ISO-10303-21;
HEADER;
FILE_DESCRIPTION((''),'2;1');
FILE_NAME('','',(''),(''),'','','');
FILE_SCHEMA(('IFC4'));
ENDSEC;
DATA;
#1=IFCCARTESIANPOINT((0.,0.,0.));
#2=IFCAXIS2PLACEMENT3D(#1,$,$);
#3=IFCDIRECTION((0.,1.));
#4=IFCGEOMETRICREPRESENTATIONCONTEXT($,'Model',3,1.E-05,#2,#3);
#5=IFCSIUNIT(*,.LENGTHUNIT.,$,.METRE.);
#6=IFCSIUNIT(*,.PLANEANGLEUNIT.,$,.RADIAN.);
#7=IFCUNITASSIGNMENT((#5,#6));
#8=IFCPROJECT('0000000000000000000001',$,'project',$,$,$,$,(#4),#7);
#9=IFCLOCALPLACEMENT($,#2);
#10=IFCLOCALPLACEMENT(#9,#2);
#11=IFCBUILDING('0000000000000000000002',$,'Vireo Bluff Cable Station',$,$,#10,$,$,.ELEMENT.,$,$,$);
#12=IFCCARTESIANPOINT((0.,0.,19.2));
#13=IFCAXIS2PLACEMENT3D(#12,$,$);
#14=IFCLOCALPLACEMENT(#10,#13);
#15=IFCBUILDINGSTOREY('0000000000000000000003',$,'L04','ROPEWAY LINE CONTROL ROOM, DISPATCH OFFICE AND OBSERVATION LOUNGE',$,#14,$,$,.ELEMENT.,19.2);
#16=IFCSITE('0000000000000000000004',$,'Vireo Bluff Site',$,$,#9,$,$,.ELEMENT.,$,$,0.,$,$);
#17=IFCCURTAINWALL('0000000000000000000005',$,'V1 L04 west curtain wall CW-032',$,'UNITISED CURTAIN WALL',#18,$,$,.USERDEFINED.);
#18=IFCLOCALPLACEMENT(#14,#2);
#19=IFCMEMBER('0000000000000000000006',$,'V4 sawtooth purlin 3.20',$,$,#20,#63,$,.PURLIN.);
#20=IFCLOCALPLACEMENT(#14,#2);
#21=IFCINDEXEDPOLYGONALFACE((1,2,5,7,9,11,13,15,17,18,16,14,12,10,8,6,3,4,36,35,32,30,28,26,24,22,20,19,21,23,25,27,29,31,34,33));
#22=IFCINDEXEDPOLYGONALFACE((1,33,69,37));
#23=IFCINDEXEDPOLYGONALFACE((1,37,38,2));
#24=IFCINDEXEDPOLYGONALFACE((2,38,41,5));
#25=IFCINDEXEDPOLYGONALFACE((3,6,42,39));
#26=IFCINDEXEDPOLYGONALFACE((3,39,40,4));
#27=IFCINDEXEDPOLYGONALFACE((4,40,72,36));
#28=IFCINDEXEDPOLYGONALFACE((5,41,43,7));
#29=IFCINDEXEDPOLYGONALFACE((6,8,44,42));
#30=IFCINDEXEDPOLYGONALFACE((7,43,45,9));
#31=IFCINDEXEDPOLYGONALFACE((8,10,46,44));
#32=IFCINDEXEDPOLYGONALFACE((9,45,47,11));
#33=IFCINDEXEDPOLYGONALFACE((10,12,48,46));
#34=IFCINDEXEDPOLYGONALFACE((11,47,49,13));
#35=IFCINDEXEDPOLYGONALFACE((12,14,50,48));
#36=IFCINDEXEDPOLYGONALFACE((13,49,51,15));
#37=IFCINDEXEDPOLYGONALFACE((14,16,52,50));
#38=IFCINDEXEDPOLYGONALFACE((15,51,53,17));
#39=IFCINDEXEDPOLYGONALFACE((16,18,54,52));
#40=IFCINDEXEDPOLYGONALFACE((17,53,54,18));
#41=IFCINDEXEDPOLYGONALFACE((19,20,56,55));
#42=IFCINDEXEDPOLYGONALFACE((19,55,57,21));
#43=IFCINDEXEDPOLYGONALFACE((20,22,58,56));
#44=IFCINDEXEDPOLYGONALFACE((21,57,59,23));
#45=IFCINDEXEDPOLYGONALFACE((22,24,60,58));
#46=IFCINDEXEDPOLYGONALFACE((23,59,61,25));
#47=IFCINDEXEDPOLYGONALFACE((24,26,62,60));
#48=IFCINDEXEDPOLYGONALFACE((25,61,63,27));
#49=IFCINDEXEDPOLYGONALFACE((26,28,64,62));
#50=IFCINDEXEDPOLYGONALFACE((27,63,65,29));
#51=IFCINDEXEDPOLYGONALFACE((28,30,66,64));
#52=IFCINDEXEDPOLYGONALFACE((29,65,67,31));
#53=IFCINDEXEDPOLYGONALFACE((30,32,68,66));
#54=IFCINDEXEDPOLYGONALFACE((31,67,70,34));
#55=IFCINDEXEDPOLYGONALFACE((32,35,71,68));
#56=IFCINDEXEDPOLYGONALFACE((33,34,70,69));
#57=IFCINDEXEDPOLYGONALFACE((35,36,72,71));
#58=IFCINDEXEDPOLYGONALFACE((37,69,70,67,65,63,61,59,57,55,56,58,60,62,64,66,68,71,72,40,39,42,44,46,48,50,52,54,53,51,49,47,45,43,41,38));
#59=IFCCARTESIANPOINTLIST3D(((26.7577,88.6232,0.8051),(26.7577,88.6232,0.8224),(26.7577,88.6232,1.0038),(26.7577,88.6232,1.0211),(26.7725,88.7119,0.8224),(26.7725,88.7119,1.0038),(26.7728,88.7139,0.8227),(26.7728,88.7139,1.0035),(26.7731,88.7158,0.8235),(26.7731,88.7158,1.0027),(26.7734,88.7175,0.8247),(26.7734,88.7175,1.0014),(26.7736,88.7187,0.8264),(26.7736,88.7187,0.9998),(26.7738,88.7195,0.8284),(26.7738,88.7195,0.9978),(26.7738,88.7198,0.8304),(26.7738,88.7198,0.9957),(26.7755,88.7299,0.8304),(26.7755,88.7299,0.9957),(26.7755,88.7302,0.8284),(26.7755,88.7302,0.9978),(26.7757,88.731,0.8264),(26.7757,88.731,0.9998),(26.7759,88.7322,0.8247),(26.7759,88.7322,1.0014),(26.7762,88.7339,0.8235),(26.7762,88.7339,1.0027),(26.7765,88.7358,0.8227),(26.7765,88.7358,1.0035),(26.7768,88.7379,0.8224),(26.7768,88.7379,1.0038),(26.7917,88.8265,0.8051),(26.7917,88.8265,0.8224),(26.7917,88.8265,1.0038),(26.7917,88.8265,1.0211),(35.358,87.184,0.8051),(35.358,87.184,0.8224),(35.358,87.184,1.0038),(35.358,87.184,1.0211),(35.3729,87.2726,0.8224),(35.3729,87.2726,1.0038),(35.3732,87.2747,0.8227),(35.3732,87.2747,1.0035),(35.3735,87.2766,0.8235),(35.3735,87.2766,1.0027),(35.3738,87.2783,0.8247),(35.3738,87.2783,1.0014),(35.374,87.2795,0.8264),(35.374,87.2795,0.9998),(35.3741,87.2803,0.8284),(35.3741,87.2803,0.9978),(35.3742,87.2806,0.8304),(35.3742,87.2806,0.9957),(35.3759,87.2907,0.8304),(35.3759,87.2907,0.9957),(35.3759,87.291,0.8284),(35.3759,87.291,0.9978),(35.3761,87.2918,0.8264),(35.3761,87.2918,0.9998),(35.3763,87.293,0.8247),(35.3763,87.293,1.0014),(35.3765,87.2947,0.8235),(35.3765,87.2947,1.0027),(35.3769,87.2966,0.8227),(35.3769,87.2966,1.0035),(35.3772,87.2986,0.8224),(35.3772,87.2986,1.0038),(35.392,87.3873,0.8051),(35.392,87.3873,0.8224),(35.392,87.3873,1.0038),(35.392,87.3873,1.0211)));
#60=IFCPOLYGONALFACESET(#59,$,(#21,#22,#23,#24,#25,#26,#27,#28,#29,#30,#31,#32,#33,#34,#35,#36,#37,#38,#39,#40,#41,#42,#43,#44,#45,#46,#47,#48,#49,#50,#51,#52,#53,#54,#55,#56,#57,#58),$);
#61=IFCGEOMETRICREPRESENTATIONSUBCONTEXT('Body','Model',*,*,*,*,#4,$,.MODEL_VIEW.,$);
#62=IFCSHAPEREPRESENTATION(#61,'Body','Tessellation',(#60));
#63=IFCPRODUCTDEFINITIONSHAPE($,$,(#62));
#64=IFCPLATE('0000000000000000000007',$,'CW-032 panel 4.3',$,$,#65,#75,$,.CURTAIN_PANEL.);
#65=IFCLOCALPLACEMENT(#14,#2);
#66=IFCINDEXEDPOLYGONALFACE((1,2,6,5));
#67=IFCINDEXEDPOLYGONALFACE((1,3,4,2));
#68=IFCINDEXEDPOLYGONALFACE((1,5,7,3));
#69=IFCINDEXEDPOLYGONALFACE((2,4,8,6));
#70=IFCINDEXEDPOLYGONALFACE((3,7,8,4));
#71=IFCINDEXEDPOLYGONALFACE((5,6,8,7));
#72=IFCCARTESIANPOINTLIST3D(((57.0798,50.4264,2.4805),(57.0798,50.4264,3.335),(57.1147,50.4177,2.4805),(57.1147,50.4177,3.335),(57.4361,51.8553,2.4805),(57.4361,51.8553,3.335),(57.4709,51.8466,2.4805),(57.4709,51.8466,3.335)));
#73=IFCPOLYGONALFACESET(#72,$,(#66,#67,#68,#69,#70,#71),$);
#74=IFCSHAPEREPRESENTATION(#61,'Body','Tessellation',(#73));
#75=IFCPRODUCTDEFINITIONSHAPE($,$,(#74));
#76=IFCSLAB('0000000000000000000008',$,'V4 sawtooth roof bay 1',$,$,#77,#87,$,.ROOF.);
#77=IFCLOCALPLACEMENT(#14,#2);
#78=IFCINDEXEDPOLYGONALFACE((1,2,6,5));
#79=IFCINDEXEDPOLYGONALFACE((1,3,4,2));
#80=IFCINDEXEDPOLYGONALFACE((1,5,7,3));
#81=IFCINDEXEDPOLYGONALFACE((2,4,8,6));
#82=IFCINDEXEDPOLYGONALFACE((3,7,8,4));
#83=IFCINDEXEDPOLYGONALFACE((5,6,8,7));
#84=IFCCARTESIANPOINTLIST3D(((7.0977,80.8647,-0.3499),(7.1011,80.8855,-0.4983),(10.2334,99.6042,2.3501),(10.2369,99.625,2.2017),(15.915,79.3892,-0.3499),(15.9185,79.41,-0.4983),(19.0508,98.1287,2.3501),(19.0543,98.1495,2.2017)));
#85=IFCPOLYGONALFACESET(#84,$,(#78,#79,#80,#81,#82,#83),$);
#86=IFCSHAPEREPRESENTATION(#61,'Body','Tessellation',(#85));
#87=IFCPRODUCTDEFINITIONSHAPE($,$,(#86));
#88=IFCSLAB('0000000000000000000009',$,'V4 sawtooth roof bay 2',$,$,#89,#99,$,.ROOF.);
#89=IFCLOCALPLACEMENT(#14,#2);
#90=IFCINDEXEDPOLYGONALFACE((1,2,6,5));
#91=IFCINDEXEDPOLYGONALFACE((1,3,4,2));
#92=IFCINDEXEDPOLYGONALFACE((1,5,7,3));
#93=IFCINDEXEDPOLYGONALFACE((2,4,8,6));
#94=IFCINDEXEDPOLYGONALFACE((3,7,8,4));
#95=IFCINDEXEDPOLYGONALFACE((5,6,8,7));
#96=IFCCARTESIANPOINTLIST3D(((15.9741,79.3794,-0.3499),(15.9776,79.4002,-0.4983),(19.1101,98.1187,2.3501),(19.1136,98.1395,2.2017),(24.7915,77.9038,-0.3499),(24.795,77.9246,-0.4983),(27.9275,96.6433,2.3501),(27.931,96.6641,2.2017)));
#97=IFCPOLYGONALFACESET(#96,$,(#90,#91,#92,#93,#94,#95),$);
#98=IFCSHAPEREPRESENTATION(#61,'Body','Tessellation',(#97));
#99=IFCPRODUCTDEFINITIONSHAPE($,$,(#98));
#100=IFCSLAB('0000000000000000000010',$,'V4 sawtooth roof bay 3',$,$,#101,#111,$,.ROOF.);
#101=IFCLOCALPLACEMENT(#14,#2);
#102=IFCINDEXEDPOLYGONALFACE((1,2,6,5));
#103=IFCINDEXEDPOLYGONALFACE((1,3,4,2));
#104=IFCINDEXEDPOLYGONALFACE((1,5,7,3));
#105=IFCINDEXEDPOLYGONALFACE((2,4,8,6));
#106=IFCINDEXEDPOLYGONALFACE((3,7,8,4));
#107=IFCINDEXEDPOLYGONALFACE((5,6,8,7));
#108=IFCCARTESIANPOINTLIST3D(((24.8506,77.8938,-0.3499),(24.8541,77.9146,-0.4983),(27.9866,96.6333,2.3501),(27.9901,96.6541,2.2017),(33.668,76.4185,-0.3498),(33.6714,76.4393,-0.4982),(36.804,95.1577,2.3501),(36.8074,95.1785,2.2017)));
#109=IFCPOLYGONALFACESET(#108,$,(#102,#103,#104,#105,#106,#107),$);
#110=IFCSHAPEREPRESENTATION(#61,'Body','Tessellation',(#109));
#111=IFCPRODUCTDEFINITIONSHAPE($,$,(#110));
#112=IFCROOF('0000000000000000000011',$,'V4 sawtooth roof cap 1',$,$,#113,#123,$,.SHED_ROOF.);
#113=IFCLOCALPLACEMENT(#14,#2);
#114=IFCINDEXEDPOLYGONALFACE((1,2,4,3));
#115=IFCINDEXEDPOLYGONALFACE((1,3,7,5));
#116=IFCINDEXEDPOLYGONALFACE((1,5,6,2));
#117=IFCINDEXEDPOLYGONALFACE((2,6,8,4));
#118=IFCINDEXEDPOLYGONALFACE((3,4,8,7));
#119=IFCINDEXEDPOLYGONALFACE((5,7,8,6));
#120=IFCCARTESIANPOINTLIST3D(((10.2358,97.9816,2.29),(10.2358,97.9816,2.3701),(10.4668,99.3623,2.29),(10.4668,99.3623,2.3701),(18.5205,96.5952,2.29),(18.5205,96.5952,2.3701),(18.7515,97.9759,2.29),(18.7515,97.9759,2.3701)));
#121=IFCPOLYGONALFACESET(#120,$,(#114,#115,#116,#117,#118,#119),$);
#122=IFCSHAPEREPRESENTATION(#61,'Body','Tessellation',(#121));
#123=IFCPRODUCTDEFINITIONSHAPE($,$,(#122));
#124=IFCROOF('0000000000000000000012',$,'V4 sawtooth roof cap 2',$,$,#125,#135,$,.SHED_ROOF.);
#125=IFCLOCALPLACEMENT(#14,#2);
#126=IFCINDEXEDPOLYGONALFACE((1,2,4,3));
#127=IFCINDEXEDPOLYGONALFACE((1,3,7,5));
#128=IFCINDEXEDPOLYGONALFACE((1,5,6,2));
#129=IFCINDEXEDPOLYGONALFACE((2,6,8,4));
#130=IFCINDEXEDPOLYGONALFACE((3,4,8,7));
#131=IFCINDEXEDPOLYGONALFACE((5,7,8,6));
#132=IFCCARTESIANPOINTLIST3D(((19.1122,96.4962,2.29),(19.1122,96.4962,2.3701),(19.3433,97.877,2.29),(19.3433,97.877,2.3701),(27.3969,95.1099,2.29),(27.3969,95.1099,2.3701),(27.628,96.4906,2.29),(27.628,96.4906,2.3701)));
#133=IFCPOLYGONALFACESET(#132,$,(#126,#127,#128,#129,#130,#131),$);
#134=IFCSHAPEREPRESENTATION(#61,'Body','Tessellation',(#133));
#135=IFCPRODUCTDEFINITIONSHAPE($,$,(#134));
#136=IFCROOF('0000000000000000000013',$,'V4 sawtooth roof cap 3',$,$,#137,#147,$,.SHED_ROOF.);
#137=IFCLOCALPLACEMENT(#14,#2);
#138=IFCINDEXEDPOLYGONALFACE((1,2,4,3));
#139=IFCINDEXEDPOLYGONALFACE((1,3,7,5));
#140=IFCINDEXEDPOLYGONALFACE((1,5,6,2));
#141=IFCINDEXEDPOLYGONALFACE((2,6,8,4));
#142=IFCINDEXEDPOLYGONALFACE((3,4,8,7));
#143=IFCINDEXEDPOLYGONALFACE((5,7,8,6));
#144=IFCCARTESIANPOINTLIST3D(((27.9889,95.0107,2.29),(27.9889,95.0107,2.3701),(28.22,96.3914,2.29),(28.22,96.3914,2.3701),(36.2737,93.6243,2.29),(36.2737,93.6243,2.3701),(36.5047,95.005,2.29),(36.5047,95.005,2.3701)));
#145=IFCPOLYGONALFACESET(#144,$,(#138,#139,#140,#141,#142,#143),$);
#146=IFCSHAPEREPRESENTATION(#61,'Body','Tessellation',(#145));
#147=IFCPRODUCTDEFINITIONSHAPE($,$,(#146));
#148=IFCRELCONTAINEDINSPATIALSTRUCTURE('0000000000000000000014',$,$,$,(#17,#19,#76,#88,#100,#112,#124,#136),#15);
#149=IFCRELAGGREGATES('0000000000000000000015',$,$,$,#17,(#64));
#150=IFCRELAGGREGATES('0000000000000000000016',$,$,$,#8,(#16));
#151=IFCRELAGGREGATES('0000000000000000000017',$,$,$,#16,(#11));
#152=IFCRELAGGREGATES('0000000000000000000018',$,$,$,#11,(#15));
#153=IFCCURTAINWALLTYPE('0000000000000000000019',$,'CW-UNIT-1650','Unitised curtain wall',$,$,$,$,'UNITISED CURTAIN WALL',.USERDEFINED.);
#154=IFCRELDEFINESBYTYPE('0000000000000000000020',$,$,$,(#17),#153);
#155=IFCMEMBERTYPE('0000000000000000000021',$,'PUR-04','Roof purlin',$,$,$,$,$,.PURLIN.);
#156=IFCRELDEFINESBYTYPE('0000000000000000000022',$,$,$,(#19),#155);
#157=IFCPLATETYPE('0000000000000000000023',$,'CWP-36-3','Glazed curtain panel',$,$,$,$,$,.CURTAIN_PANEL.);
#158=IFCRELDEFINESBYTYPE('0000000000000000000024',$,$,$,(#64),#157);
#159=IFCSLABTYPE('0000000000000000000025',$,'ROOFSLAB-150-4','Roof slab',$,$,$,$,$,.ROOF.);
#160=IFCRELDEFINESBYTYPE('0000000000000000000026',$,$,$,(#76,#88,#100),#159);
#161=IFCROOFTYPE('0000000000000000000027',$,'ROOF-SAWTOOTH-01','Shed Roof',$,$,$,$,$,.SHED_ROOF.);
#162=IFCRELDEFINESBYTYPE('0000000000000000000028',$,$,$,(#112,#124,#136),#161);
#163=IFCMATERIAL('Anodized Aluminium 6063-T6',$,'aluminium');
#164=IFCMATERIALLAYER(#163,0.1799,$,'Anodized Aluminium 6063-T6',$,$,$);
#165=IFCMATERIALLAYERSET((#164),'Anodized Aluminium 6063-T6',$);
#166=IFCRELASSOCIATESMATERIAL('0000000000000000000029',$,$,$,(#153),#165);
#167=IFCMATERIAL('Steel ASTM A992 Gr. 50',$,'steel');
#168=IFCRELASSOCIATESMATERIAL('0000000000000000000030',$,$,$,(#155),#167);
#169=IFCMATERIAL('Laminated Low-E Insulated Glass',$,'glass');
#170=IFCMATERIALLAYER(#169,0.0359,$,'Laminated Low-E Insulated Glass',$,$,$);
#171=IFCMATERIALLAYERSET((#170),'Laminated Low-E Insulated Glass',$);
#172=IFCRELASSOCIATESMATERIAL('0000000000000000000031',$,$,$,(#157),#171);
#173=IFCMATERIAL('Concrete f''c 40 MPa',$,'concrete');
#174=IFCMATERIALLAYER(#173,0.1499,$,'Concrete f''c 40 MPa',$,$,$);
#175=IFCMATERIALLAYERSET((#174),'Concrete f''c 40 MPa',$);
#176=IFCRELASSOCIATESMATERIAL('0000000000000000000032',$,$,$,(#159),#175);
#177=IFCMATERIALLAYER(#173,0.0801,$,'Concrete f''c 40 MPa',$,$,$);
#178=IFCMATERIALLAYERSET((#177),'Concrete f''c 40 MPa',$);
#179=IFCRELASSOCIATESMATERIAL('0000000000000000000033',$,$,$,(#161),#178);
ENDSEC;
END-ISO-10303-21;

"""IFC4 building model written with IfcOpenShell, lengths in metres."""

from ifc_helpers import new_model, si_unit, direction, frame, origin, origin_2d, place, context, subcontext, project, spatial, polyline, rectangle, i_section, outline, extrude, material, layer, layer_set, material_profile, profile_set, type_object, element, aggregate, save


model = new_model("IFC4")

# Units and contexts
model_context = context("Model", 3, precision=1e-05, world=origin(), true_north=direction((0.0, 1.0)))
body_context = subcontext(model_context, "Body", "Model", "MODEL_VIEW")
ifc_project = project(units=[si_unit("LENGTHUNIT", "METRE"), si_unit("PLANEANGLEUNIT", "RADIAN")], contexts=[model_context])

# Site, building, storey
site_placement = place(None, origin())
site = spatial("IfcSite", under=ifc_project, at=site_placement, Name="Vireo Bluff Site", CompositionType="ELEMENT", RefElevation=0.0)
building_placement = place(site_placement, origin())
building = spatial("IfcBuilding", under=site, at=building_placement, Name="Vireo Bluff Cable Station", CompositionType="ELEMENT")
storey_placement = place(building_placement, frame((0.0, 0.0, 19.2)))
storey = spatial("IfcBuildingStorey", under=building, at=storey_placement, Name="L04", Description="ROPEWAY LINE CONTROL ROOM, DISPATCH OFFICE AND OBSERVATION LOUNGE", CompositionType="ELEMENT", Elevation=19.2)

# Shared definitions
ifc_material_1 = material(Name="Steel ASTM A992 Gr. 50", Category="steel")

# Curtain wall
ifc_material_2 = material(Name="Anodized Aluminium 6063-T6", Category="aluminium")
ifc_layer_1 = layer(ifc_material_2, 0.1799, Name="Anodized Aluminium 6063-T6")
ifc_layer_set_1 = layer_set([ifc_layer_1], Name="Anodized Aluminium 6063-T6")
curtain_wall_type = type_object("IfcCurtainWallType", Name="CW-UNIT-1650", Description="Unitised curtain wall", ElementType="UNITISED CURTAIN WALL", PredefinedType="USERDEFINED", material=ifc_layer_set_1)
curtain_wall_placement = place(storey_placement, origin())
curtain_wall = element("IfcCurtainWall", 1, at=curtain_wall_placement, inside=storey, type_object=curtain_wall_type, Name="V1 L04 west curtain wall CW-032", ObjectType="UNITISED CURTAIN WALL", PredefinedType="USERDEFINED")

# Member
ifc_material_profile_1 = material_profile(ifc_material_1, i_section(OverallWidth=0.2061, OverallDepth=0.2161, WebThickness=0.0103, FlangeThickness=0.0173, FilletRadius=0.0081, at=origin_2d()), Name="W8X48")
ifc_profile_set_1 = profile_set([ifc_material_profile_1], Name="Steel ASTM A992 Gr. 50")
member_type_1 = type_object("IfcMemberType", Name="PUR-04", Description="Roof purlin", PredefinedType="PURLIN", material=ifc_profile_set_1)
for number, where, z_axis, x_axis, name in (
    (2, (26.7747, 88.7249, 0.9131), (0.986286, -0.165048, 0.0), (0.165048, 0.986286, 0.0), "V4 sawtooth purlin 3.20"),
):
    element("IfcMember", number, at=place(storey_placement, frame(where, z_axis=z_axis, x_axis=x_axis)), inside=storey, type_object=member_type_1, Name=name, PredefinedType="PURLIN", context=body_context, shape_type="SweptSolid", body=[
        extrude(i_section(OverallWidth=0.2061, OverallDepth=0.2161, WebThickness=0.0103, FlangeThickness=0.0173, FilletRadius=0.0081, at=origin_2d()), origin(), (0.0, 0.0, 1.0), 8.72),
    ])

# Plate
ifc_material_3 = material(Name="Laminated Low-E Insulated Glass", Category="glass")
ifc_layer_2 = layer(ifc_material_3, 0.0359, Name="Laminated Low-E Insulated Glass")
ifc_layer_set_2 = layer_set([ifc_layer_2], Name="Laminated Low-E Insulated Glass")
plate_type = type_object("IfcPlateType", Name="CWP-36-3", Description="Glazed curtain panel", PredefinedType="CURTAIN_PANEL", material=ifc_layer_set_2)
plate_placement = place(storey_placement, frame((57.2754, 51.1365, 2.4805), z_axis=(0.0, 0.0, 1.0), x_axis=(0.241922, 0.970296, 0.0)))
plate = element("IfcPlate", 3, at=plate_placement, type_object=plate_type, Name="CW-032 panel 4.3", PredefinedType="CURTAIN_PANEL", context=body_context, shape_type="SweptSolid", body=[
    extrude(rectangle(XDim=1.4727, YDim=0.0359, at=origin_2d()), origin(), (0.0, 0.0, 1.0), 0.8545),
])
aggregate(curtain_wall, [plate])

# Slabs
ifc_material_4 = material(Name="Concrete f'c 40 MPa", Category="concrete")
ifc_layer_3 = layer(ifc_material_4, 0.1499, Name="Concrete f'c 40 MPa")
ifc_layer_set_3 = layer_set([ifc_layer_3], Name="Concrete f'c 40 MPa")
slab_type = type_object("IfcSlabType", Name="ROOFSLAB-150-4", Description="Roof slab", PredefinedType="ROOF", material=ifc_layer_set_3)
slab_1_placement = place(storey_placement, frame((7.0977, 80.8647, -0.3499), z_axis=(-0.023221, -0.138759, 0.990054), x_axis=(0.986284, -0.165054, 0.0)))
element("IfcSlab", 4, at=slab_1_placement, inside=storey, type_object=slab_type, Name="V4 sawtooth roof bay 1", PredefinedType="ROOF", context=body_context, shape_type="SweptSolid", body=[
    extrude(outline(polyline([(0.0, 0.0), (8.94, 0.0), (8.9397, 19.1909), (-0.0003, 19.1909), (0.0, 0.0)])), origin(), (0.0, 0.0, -1.0), 0.1499),
])
slab_2_placement = place(storey_placement, frame((15.9741, 79.3794, -0.3499), z_axis=(-0.02322, -0.13876, 0.990054), x_axis=(0.986285, -0.165054, -0.000002)))
element("IfcSlab", 5, at=slab_2_placement, inside=storey, type_object=slab_type, Name="V4 sawtooth roof bay 2", PredefinedType="ROOF", context=body_context, shape_type="SweptSolid", body=[
    extrude(outline(polyline([(0.0, 0.0), (8.94, 0.0), (8.9399, 19.191), (0.0, 19.1907), (0.0, 0.0)])), origin(), (0.0, 0.0, -1.0), 0.1499),
])
slab_3_placement = place(storey_placement, frame((24.8506, 77.8938, -0.3499), z_axis=(-0.02322, -0.13876, 0.990054), x_axis=(0.986289, -0.165028, 0.000002)))
element("IfcSlab", 6, at=slab_3_placement, inside=storey, type_object=slab_type, Name="V4 sawtooth roof bay 3", PredefinedType="ROOF", context=body_context, shape_type="SweptSolid", body=[
    extrude(outline(polyline([(0.0, 0.0), (8.94, 0.0), (8.9404, 19.1907), (0.0004, 19.191), (0.0, 0.0)])), origin(), (0.0, 0.0, -1.0), 0.1499),
])

# Roofs
ifc_layer_4 = layer(ifc_material_4, 0.0801, Name="Concrete f'c 40 MPa")
ifc_layer_set_4 = layer_set([ifc_layer_4], Name="Concrete f'c 40 MPa")
roof_type = type_object("IfcRoofType", Name="ROOF-SAWTOOTH-01", Description="Shed Roof", PredefinedType="SHED_ROOF", material=ifc_layer_set_4)
for number, where, z_axis, x_axis, name in (
    (7, (14.4937, 97.9788, 2.29), (0.0, 0.0, 1.0), (0.986286, -0.165048, 0.0), "V4 sawtooth roof cap 1"),
    (8, (23.3701, 96.4934, 2.29), (0.0, 0.0, 1.0), (0.986286, -0.165048, 0.0), "V4 sawtooth roof cap 2"),
    (9, (32.2468, 95.0078, 2.29), (0.0, 0.0, 1.0), (0.986286, -0.165048, 0.0), "V4 sawtooth roof cap 3"),
):
    element("IfcRoof", number, at=place(storey_placement, frame(where, z_axis=z_axis, x_axis=x_axis)), inside=storey, type_object=roof_type, Name=name, PredefinedType="SHED_ROOF", context=body_context, shape_type="SweptSolid", body=[
        extrude(rectangle(XDim=8.3999, YDim=1.3999, at=origin_2d()), origin(), (0.0, 0.0, 1.0), 0.0801),
    ])

save(model, "model.ifc")
